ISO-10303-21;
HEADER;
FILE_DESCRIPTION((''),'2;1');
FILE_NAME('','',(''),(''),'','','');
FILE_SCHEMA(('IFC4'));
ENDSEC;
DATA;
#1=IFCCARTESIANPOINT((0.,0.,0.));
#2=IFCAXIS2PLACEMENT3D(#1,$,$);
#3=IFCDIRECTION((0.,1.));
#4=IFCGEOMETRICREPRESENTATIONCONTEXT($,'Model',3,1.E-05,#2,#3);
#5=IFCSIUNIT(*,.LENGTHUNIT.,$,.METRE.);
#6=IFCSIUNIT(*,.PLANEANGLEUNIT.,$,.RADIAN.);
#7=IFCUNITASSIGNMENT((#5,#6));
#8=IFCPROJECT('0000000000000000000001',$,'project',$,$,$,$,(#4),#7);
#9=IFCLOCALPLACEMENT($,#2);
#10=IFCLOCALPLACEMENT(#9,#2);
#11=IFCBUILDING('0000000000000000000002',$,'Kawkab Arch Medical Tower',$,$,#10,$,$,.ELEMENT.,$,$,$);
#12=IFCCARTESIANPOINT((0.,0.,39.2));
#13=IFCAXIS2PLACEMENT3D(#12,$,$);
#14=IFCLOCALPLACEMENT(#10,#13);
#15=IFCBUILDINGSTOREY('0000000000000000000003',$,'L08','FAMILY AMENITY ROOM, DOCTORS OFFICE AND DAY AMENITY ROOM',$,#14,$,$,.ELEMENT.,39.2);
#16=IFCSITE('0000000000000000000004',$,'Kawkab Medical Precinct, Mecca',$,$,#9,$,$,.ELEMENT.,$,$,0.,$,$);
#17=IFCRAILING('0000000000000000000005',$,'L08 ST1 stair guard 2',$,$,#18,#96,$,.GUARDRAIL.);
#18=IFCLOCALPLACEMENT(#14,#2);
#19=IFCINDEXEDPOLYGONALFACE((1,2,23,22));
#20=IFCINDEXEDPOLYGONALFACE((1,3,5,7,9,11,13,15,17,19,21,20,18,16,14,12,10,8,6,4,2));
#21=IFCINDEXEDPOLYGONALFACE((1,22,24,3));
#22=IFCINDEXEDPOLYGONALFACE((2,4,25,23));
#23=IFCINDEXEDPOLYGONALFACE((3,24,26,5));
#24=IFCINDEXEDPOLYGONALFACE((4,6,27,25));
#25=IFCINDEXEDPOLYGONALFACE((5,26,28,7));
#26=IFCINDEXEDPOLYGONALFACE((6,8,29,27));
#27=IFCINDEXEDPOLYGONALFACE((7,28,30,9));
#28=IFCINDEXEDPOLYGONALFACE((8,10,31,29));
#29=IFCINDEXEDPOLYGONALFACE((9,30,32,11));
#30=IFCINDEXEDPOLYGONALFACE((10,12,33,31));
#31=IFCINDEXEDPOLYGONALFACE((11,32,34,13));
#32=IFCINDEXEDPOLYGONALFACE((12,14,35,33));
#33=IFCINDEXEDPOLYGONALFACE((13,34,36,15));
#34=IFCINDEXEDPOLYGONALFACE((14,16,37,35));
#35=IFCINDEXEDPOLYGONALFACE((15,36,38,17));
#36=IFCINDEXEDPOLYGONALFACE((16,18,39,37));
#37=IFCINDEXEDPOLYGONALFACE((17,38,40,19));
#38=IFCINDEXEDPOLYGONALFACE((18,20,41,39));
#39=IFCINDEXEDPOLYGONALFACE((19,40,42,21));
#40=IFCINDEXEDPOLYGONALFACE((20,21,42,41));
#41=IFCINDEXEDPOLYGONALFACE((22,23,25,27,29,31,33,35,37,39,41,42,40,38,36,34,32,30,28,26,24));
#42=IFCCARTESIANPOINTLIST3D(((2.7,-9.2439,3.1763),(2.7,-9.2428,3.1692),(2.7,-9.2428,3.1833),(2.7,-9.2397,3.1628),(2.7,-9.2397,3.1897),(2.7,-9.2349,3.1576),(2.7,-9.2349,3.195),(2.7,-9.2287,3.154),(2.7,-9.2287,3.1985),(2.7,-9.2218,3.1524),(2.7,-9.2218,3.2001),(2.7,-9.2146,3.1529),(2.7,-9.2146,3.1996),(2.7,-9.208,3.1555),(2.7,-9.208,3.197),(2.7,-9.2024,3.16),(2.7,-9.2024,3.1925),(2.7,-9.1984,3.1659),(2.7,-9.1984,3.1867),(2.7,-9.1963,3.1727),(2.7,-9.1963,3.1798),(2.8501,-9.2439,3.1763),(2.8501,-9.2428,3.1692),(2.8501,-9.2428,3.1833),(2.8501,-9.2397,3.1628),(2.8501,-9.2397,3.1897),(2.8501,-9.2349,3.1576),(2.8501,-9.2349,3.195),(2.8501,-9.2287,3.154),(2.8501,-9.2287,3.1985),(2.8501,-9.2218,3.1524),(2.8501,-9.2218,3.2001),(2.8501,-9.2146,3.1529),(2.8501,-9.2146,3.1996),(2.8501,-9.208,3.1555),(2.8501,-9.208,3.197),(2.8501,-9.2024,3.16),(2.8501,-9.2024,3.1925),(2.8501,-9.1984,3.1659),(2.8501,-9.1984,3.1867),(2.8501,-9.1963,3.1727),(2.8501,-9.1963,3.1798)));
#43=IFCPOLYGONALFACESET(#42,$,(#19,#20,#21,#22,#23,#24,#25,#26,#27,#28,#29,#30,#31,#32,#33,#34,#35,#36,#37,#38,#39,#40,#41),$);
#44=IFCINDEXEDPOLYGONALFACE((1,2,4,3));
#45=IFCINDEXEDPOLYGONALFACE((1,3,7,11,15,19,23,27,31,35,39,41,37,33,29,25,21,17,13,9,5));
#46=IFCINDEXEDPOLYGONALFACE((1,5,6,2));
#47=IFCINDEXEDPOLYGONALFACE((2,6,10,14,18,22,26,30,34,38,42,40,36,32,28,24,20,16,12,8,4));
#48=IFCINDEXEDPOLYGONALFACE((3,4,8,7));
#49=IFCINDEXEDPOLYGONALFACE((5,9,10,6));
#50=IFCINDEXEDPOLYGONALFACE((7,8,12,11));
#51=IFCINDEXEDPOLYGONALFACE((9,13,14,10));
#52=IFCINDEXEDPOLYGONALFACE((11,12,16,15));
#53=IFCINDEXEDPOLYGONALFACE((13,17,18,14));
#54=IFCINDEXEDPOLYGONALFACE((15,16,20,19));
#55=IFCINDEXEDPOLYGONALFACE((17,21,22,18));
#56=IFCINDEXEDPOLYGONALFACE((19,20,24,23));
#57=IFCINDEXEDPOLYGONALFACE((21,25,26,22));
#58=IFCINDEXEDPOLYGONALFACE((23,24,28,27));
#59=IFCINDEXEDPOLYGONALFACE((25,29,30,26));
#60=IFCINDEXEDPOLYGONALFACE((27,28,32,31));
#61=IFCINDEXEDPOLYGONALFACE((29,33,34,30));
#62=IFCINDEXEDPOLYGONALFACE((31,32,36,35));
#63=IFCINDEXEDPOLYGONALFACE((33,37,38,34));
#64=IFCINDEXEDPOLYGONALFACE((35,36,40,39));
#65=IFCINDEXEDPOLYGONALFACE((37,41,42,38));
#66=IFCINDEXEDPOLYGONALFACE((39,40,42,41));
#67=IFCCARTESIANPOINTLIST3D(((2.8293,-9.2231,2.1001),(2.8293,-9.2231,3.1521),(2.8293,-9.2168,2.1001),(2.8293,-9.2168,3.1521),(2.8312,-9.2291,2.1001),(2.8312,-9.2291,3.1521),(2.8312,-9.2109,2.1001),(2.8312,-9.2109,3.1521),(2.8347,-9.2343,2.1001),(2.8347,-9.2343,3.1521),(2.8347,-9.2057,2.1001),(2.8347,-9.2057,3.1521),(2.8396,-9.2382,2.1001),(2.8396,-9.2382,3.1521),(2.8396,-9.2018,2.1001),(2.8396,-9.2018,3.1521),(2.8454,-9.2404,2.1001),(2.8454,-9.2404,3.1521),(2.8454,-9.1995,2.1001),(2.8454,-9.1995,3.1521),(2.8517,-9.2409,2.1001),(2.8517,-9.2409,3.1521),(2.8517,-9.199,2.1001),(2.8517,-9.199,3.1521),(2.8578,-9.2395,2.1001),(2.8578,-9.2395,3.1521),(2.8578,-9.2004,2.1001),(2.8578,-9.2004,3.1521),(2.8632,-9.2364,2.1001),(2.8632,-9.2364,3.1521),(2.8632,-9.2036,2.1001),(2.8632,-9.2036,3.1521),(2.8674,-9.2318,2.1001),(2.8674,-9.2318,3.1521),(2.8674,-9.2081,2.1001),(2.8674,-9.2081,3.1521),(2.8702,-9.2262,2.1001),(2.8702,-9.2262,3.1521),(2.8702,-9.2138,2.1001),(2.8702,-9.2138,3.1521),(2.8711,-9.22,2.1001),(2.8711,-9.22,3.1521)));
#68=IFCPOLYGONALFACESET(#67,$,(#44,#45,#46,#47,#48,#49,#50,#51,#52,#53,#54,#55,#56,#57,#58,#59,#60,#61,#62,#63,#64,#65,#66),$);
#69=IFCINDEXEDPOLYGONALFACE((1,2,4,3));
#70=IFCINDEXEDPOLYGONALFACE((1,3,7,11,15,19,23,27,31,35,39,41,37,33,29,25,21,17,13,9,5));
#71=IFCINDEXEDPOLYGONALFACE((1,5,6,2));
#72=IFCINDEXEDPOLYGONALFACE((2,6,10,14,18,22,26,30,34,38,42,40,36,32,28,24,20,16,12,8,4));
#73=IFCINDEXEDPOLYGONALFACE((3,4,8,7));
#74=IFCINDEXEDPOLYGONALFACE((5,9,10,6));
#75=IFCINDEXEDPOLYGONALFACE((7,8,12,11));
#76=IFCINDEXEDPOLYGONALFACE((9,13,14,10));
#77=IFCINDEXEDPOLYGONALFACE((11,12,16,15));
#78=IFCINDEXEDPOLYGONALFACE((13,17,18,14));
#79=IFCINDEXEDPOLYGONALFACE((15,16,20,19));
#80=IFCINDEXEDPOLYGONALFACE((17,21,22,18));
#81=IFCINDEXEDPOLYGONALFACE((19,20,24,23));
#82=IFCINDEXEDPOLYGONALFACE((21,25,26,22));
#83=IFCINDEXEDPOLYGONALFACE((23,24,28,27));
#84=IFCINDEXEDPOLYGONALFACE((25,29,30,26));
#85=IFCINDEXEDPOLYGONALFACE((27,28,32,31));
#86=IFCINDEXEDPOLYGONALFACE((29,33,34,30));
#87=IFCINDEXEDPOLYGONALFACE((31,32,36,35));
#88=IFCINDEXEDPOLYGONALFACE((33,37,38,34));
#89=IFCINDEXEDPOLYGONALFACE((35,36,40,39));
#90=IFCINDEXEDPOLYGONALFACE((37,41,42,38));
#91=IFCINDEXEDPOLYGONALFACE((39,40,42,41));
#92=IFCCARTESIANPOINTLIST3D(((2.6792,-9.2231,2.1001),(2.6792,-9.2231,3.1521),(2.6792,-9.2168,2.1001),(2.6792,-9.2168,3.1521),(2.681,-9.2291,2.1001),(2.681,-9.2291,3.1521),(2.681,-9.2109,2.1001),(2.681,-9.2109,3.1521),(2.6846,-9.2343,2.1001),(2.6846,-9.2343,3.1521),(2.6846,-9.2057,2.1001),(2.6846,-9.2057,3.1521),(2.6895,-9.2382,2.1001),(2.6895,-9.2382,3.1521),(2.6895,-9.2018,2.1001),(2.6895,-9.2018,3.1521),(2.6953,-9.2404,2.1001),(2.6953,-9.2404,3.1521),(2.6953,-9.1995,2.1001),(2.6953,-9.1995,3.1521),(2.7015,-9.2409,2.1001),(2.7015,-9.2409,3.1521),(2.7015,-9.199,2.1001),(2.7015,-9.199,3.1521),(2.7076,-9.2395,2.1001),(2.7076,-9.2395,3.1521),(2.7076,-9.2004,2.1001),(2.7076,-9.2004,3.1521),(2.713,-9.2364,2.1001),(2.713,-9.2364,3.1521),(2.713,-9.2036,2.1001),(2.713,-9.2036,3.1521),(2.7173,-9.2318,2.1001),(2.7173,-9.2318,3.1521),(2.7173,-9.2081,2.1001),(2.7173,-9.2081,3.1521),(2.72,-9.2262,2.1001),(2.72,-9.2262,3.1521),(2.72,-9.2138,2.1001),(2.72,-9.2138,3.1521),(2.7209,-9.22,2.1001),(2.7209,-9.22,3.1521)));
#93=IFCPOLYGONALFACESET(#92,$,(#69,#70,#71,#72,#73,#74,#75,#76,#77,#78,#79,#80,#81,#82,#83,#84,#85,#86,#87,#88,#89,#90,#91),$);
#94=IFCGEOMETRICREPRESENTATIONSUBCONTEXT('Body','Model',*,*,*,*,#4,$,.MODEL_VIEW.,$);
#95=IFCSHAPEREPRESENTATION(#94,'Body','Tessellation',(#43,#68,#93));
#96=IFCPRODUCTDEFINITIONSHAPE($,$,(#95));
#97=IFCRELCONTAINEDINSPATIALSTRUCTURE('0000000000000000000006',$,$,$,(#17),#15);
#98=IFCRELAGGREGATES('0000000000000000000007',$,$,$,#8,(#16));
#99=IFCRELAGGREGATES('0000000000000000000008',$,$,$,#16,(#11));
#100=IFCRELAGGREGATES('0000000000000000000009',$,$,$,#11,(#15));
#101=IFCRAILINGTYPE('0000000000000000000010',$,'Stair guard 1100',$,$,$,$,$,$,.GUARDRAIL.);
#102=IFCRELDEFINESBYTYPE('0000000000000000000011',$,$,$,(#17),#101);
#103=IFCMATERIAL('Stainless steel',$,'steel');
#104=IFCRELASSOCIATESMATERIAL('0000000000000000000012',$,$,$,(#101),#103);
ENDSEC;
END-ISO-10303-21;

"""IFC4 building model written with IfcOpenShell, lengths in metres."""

from ifc_helpers import new_model, si_unit, direction, frame, origin, origin_2d, place, context, subcontext, project, spatial, circle, extrude, material, type_object, element, save


model = new_model("IFC4")

# Units and contexts
model_context = context("Model", 3, precision=1e-05, world=origin(), true_north=direction((0.0, 1.0)))
body_context = subcontext(model_context, "Body", "Model", "MODEL_VIEW")
ifc_project = project(units=[si_unit("LENGTHUNIT", "METRE"), si_unit("PLANEANGLEUNIT", "RADIAN")], contexts=[model_context])

# Site, building, storey
site_placement = place(None, origin())
site = spatial("IfcSite", under=ifc_project, at=site_placement, Name="Kawkab Medical Precinct, Mecca", CompositionType="ELEMENT", RefElevation=0.0)
building_placement = place(site_placement, origin())
building = spatial("IfcBuilding", under=site, at=building_placement, Name="Kawkab Arch Medical Tower", CompositionType="ELEMENT")
storey_placement = place(building_placement, frame((0.0, 0.0, 39.2)))
storey = spatial("IfcBuildingStorey", under=building, at=storey_placement, Name="L08", Description="FAMILY AMENITY ROOM, DOCTORS OFFICE AND DAY AMENITY ROOM", CompositionType="ELEMENT", Elevation=39.2)

# Railing
ifc_material_1 = material(Name="Stainless steel", Category="steel")
railing_type = type_object("IfcRailingType", Name="Stair guard 1100", PredefinedType="GUARDRAIL", material=ifc_material_1)
railing_1_placement = place(storey_placement, frame((2.8501, -9.22, 2.1001)))
element("IfcRailing", 1, at=railing_1_placement, inside=storey, type_object=railing_type, Name="L08 ST1 stair guard 2", PredefinedType="GUARDRAIL", context=body_context, shape_type="SweptSolid", body=[
    extrude(circle(Radius=0.0239, at=origin_2d()), frame((0.0, 0.0, 1.0762), z_axis=(-1.0, 0.0, 0.0), x_axis=(0.0, -1.0, 0.0)), (0.0, 0.0, 1.0), 0.1501),
    extrude(circle(Radius=0.021, at=origin_2d()), origin(), (0.0, 0.0, 1.0), 1.052),
    extrude(circle(Radius=0.021, at=origin_2d()), frame((-0.1501, 0.0, 0.0)), (0.0, 0.0, 1.0), 1.052),
])

save(model, "model.ifc")
